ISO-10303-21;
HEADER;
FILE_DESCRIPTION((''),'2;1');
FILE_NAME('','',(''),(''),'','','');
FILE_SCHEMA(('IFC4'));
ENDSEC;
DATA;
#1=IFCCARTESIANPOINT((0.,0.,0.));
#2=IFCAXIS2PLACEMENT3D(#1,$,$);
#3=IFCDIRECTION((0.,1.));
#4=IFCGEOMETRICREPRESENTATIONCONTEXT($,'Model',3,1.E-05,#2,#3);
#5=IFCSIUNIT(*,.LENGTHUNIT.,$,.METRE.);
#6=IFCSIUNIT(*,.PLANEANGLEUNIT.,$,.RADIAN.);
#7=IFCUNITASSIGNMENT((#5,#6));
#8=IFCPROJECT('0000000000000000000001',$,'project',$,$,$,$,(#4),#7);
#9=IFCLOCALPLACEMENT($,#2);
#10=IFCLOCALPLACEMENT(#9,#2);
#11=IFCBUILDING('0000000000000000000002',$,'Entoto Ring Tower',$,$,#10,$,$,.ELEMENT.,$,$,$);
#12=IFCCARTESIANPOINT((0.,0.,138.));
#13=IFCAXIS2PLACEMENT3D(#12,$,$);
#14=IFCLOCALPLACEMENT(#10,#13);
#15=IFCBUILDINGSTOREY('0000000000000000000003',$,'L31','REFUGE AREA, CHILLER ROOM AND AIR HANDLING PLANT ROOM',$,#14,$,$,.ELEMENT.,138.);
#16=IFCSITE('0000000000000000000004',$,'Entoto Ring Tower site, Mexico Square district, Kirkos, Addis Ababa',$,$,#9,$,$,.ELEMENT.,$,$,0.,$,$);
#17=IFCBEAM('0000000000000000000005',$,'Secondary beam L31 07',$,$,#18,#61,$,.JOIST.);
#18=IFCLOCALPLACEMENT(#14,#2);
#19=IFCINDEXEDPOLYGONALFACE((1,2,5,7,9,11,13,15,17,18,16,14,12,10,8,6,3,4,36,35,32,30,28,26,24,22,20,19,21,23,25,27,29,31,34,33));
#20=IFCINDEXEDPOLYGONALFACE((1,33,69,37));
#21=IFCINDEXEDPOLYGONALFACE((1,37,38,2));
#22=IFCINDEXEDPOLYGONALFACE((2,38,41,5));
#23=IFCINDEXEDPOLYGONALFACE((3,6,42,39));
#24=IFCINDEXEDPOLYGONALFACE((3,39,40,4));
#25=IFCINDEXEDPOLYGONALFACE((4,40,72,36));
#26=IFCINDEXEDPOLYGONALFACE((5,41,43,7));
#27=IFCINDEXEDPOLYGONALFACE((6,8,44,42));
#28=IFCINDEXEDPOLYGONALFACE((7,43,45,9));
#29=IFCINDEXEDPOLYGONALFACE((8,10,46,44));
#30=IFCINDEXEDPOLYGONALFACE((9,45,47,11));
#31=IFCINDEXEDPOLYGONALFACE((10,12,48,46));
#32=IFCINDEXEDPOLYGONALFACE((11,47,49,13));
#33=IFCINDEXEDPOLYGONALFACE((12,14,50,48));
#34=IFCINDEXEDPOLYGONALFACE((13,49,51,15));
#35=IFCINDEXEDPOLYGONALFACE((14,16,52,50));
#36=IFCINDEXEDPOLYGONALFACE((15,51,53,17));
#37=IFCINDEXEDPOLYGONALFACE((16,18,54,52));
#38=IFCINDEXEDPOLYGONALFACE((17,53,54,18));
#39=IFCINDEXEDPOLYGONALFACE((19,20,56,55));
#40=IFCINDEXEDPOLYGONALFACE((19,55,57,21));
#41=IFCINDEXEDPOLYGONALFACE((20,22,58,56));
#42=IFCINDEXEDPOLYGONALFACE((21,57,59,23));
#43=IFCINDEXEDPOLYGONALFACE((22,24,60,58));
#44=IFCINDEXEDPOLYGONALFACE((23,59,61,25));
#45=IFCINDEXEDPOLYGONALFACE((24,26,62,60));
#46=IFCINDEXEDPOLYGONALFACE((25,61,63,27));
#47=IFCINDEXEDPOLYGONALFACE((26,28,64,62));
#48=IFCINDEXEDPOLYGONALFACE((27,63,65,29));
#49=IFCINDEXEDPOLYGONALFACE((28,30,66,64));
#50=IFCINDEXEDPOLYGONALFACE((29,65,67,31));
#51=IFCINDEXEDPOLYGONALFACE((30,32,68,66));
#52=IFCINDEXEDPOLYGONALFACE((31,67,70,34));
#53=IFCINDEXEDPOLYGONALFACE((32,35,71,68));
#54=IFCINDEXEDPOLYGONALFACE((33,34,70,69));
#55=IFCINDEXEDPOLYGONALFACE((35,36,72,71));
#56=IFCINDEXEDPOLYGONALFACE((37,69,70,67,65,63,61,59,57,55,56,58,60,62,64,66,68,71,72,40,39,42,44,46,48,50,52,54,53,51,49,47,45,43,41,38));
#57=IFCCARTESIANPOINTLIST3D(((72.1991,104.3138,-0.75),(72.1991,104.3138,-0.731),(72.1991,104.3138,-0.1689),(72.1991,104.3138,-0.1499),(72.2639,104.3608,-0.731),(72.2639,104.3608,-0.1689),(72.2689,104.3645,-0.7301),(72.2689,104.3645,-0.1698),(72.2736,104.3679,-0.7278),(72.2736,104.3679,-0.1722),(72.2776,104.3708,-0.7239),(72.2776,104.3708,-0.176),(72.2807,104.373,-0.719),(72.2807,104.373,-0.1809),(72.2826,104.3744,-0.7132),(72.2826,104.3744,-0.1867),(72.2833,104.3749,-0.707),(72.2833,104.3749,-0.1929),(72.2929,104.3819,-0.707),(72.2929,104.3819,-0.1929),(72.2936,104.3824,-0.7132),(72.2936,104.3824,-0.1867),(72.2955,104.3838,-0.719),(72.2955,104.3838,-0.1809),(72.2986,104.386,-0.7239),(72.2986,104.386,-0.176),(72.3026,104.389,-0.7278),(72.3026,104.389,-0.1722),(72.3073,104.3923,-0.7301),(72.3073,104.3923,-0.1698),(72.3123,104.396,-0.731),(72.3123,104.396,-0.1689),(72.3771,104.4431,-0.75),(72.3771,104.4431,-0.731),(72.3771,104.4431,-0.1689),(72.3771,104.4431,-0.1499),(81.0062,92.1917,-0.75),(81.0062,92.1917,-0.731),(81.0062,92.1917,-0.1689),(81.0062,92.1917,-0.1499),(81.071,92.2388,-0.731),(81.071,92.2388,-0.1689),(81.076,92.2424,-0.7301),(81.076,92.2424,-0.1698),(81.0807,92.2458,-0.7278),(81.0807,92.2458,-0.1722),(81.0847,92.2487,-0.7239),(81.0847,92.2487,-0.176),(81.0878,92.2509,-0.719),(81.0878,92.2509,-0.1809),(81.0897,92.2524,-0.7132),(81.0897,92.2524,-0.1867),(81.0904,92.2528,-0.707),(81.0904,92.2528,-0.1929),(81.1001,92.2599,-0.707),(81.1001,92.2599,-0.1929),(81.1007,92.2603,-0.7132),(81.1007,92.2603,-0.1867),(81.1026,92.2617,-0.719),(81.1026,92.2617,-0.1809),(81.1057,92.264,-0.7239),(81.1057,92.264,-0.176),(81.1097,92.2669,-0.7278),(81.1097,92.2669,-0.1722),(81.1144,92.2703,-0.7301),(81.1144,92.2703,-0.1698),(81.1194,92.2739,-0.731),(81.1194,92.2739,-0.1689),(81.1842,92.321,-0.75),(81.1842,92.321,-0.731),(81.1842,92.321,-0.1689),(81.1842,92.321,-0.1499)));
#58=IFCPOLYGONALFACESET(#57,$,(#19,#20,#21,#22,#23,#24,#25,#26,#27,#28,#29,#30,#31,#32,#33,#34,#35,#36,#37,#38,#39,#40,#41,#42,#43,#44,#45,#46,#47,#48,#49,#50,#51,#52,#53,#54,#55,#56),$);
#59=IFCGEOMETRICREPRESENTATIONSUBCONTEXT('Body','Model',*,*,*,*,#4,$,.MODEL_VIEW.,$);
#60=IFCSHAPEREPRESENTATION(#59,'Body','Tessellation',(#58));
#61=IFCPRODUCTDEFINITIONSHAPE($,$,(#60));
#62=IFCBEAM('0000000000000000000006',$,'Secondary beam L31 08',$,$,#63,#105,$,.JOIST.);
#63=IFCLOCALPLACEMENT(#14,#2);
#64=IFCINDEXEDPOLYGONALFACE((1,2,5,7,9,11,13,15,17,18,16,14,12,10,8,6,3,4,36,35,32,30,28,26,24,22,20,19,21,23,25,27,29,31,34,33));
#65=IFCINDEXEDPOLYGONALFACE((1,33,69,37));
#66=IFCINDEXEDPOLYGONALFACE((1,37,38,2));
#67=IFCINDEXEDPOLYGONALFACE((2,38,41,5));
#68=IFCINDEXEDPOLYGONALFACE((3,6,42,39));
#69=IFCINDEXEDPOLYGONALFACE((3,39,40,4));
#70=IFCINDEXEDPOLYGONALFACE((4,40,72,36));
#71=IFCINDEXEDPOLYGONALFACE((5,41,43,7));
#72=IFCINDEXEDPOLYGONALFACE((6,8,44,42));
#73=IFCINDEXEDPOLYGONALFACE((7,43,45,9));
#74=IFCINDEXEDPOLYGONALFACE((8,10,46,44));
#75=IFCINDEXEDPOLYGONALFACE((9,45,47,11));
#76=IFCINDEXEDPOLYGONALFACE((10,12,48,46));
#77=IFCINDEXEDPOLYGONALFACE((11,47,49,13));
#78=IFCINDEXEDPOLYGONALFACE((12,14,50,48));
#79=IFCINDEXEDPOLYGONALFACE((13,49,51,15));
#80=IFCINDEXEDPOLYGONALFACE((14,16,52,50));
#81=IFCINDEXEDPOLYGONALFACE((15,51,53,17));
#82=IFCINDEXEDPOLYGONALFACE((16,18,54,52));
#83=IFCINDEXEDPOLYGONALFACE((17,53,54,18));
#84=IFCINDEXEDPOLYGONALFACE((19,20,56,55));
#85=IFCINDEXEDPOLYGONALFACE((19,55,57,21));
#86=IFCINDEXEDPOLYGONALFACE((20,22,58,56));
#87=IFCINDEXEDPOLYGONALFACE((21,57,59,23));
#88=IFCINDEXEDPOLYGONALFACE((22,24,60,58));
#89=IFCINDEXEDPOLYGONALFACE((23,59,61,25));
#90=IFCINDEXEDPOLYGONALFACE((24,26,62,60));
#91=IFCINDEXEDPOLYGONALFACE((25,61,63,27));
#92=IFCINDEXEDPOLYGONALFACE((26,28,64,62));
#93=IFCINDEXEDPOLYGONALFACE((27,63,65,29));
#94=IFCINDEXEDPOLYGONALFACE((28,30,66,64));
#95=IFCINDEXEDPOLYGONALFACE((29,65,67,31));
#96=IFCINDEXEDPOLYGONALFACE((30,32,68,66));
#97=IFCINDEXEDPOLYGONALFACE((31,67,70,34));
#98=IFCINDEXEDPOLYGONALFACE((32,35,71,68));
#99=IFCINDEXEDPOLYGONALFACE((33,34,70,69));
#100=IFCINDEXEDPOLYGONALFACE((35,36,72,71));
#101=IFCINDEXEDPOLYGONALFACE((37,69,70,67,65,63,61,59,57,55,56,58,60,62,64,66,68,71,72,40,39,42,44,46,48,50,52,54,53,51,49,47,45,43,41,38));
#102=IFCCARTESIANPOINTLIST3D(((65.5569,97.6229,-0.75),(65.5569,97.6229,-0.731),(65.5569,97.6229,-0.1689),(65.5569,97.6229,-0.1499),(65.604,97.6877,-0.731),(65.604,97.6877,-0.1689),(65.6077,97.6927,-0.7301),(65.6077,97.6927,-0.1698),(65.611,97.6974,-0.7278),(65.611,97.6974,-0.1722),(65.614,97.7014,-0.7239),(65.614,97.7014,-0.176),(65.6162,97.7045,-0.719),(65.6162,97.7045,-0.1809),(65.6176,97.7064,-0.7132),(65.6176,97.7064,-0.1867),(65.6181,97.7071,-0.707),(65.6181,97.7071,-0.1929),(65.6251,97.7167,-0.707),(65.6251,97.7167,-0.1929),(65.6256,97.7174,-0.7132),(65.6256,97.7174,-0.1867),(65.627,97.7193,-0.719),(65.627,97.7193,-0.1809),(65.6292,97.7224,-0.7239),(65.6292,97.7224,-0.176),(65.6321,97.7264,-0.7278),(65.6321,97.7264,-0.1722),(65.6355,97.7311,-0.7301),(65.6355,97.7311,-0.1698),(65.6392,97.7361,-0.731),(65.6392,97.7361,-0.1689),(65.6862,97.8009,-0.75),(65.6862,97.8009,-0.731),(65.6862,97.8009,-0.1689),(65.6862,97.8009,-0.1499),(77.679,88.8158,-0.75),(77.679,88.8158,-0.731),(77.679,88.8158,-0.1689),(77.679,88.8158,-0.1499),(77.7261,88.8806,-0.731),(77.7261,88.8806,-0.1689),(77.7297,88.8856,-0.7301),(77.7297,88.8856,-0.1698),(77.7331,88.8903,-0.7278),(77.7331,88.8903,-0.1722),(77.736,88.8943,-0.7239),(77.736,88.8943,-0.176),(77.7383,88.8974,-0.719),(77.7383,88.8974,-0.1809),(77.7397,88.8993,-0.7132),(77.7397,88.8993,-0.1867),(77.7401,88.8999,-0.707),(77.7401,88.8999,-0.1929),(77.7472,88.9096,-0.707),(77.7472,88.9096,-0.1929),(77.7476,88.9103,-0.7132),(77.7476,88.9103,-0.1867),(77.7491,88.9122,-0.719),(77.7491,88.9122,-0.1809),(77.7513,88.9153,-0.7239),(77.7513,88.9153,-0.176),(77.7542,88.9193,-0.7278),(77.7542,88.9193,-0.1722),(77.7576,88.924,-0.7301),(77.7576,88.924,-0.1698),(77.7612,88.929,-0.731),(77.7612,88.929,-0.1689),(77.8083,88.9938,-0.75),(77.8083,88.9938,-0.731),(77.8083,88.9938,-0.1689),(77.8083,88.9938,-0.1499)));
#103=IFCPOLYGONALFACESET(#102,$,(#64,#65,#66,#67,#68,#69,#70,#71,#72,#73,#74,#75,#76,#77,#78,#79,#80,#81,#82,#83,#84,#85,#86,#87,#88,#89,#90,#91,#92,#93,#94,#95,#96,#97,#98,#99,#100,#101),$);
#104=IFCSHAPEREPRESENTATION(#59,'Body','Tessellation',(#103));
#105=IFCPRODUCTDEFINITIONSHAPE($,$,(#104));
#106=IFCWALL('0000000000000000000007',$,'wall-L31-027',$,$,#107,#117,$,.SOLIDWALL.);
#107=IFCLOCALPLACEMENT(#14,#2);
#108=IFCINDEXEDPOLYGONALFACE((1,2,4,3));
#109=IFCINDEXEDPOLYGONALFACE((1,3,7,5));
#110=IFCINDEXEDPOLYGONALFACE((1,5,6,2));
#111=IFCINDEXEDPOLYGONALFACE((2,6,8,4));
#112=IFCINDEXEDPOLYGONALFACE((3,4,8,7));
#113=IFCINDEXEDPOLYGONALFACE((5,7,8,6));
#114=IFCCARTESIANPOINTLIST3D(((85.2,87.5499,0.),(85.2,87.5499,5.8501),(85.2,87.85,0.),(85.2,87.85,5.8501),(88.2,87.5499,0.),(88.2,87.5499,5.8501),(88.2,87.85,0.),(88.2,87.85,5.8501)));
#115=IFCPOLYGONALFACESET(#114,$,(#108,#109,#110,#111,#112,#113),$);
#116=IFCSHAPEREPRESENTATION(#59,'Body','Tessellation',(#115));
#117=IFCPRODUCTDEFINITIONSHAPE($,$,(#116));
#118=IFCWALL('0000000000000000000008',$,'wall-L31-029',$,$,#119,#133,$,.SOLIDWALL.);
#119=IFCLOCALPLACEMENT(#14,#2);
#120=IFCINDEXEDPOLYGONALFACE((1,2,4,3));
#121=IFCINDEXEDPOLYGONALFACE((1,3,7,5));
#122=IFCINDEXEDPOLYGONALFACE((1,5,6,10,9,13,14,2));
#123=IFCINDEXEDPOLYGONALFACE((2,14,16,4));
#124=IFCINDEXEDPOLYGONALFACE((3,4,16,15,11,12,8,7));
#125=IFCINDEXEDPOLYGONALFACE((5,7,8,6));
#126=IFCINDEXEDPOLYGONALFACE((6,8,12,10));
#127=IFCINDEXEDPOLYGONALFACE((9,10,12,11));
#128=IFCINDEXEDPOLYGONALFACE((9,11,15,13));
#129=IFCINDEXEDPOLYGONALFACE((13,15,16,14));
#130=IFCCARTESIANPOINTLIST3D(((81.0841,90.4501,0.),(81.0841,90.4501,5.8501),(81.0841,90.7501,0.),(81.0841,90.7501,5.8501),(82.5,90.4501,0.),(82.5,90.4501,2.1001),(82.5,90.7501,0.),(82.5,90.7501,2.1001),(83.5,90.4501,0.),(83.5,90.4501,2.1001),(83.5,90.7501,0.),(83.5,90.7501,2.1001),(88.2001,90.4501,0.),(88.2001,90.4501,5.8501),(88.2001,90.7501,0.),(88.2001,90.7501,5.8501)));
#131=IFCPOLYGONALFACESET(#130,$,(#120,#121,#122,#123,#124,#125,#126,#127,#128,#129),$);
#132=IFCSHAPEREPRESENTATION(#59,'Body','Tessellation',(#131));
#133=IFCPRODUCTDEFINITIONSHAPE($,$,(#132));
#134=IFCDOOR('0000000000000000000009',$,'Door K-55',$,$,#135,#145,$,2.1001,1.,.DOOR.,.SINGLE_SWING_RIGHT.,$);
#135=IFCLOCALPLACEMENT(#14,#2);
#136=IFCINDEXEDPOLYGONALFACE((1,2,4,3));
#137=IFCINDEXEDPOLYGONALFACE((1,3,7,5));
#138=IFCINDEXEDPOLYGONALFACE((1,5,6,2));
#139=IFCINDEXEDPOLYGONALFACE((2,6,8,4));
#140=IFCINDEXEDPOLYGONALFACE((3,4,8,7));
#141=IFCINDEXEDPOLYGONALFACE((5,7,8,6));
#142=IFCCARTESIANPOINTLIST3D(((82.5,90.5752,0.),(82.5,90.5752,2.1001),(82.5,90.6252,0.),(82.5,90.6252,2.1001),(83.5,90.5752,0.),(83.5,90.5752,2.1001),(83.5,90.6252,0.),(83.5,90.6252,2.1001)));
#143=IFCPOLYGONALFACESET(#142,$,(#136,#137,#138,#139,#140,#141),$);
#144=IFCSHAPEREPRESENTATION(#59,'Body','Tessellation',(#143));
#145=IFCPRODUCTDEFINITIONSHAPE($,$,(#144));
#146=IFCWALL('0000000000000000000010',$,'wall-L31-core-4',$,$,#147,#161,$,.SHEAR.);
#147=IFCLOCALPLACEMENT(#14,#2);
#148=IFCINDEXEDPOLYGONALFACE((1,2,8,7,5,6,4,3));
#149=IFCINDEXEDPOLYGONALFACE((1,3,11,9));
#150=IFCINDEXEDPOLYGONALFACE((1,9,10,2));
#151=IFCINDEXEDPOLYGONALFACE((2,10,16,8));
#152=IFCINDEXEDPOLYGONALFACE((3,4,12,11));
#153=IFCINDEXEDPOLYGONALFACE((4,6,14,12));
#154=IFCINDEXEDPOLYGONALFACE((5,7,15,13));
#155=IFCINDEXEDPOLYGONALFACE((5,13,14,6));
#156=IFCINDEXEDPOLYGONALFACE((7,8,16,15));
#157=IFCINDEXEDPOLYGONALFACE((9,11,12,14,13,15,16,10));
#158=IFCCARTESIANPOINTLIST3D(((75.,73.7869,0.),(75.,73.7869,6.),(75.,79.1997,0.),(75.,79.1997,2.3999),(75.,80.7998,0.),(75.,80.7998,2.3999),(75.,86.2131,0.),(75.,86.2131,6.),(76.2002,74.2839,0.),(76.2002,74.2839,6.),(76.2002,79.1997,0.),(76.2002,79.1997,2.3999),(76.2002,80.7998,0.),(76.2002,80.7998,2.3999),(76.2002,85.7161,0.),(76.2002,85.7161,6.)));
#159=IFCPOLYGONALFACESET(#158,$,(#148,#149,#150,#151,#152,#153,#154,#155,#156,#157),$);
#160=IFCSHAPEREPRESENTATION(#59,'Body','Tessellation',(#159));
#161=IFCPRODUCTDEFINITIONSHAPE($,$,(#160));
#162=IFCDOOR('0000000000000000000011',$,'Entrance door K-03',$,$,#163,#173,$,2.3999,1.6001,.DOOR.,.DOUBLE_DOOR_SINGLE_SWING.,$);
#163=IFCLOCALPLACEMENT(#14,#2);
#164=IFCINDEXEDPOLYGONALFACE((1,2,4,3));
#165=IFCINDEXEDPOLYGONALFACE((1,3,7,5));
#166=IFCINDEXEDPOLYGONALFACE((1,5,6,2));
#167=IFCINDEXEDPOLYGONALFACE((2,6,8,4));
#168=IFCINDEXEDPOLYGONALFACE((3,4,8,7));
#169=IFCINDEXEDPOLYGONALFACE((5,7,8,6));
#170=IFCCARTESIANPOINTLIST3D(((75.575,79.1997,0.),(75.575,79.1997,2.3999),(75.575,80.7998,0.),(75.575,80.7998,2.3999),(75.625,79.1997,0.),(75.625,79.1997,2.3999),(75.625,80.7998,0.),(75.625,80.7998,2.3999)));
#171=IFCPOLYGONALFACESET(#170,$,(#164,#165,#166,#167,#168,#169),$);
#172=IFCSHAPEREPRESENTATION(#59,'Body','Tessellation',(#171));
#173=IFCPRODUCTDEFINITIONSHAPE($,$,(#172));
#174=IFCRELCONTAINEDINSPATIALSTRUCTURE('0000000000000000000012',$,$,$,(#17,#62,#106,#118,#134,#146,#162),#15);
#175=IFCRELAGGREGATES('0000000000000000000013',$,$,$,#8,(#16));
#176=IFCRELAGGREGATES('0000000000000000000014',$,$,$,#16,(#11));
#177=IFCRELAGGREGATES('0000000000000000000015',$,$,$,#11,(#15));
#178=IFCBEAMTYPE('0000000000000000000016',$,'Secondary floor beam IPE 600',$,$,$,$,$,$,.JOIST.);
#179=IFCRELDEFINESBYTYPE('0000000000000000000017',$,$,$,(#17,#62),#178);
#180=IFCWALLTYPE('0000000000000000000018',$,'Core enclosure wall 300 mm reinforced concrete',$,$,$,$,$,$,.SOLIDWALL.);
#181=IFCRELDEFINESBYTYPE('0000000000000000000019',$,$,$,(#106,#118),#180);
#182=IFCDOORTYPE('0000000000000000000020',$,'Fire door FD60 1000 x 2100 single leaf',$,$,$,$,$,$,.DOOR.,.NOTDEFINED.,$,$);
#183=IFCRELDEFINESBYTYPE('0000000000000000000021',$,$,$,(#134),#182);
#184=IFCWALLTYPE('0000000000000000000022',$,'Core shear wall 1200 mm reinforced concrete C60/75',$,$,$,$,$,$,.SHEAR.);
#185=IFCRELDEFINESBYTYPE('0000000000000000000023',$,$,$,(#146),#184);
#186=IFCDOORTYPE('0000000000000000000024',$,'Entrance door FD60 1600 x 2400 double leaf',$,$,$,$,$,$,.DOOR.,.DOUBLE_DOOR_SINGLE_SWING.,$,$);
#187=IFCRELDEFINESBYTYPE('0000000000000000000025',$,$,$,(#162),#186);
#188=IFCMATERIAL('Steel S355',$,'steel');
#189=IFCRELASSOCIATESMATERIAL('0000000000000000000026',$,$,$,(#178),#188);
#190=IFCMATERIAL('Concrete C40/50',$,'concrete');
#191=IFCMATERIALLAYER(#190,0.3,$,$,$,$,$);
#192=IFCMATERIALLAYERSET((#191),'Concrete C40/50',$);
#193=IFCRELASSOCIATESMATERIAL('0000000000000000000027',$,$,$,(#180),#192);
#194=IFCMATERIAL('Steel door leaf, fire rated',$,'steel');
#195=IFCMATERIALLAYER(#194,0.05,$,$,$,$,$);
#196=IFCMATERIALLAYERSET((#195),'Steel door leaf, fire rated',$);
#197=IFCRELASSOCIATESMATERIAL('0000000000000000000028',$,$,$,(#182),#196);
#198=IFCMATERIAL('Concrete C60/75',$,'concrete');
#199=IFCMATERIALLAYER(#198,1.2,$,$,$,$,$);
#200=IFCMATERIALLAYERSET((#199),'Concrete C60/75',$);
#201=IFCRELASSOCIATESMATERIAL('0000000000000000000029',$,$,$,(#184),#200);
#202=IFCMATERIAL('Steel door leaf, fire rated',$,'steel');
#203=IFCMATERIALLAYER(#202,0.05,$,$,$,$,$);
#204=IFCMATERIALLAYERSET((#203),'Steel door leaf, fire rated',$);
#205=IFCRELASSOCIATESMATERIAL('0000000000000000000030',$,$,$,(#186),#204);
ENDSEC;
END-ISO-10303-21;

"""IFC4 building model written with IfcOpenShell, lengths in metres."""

from ifc_helpers import new_model, si_unit, direction, frame, frame_2d, origin, origin_2d, place, context, subcontext, project, spatial, polyline, rectangle, i_section, outline, extrude, material, layer, layer_set, material_profile, profile_set, type_object, element, fill, save


model = new_model("IFC4")

# Units and contexts
model_context = context("Model", 3, precision=1e-05, world=origin(), true_north=direction((0.0, 1.0)))
body_context = subcontext(model_context, "Body", "Model", "MODEL_VIEW")
ifc_project = project(units=[si_unit("LENGTHUNIT", "METRE"), si_unit("PLANEANGLEUNIT", "RADIAN")], contexts=[model_context])

# Site, building, storey
site_placement = place(None, origin())
site = spatial("IfcSite", under=ifc_project, at=site_placement, Name="Entoto Ring Tower site, Mexico Square district, Kirkos, Addis Ababa", CompositionType="ELEMENT", RefElevation=0.0)
building_placement = place(site_placement, origin())
building = spatial("IfcBuilding", under=site, at=building_placement, Name="Entoto Ring Tower", CompositionType="ELEMENT")
storey_placement = place(building_placement, frame((0.0, 0.0, 138.0)))
storey = spatial("IfcBuildingStorey", under=building, at=storey_placement, Name="L31", Description="REFUGE AREA, CHILLER ROOM AND AIR HANDLING PLANT ROOM", CompositionType="ELEMENT", Elevation=138.0)

# Beams
ifc_material_1 = material(Name="Steel S355", Category="steel")
ifc_material_profile_1 = material_profile(ifc_material_1, i_section(OverallWidth=0.22, OverallDepth=0.6001, WebThickness=0.012, FlangeThickness=0.019, FilletRadius=0.0239, at=origin_2d()), Name="IPE 600")
ifc_profile_set_1 = profile_set([ifc_material_profile_1], Name="Steel S355")
beam_type_1 = type_object("IfcBeamType", Name="Secondary floor beam IPE 600", PredefinedType="JOIST", material=ifc_profile_set_1)
for number, where, z_axis, x_axis, name in (
    (1, (81.0952, 92.2563, -0.45), (-0.587782, 0.809019, 0.0), (-0.809019, -0.587782, 0.0), "Secondary beam L31 07"),
    (2, (77.7437, 88.9048, -0.45), (-0.809019, 0.587782, 0.0), (-0.587782, -0.809019, 0.0), "Secondary beam L31 08"),
):
    element("IfcBeam", number, at=place(storey_placement, frame(where, z_axis=z_axis, x_axis=x_axis)), inside=storey, type_object=beam_type_1, Name=name, PredefinedType="JOIST", context=body_context, shape_type="SweptSolid", body=[
        extrude(i_section(OverallWidth=0.22, OverallDepth=0.6001, WebThickness=0.012, FlangeThickness=0.019, FilletRadius=0.0239, at=origin_2d()), origin(), (0.0, 0.0, 1.0), 14.9836),
    ])

# Wall
ifc_material_2 = material(Name="Concrete C40/50", Category="concrete")
ifc_layer_1 = layer(ifc_material_2, 0.3)
ifc_layer_set_1 = layer_set([ifc_layer_1], Name="Concrete C40/50")
wall_type_1 = type_object("IfcWallType", Name="Core enclosure wall 300 mm reinforced concrete", PredefinedType="SOLIDWALL", material=ifc_layer_set_1)
wall_1_placement = place(storey_placement, frame((85.2, 87.7, 0.0), z_axis=(0.0, 0.0, 1.0), x_axis=(1.0, 0.0, 0.0)))
element("IfcWall", 3, at=wall_1_placement, inside=storey, type_object=wall_type_1, Name="wall-L31-027", PredefinedType="SOLIDWALL", context=body_context, shape_type="SweptSolid", body=[
    extrude(rectangle(XDim=3.0, YDim=0.3, at=frame_2d((1.5, 0.0))), origin(), (0.0, 0.0, 1.0), 5.8501),
])

# Walls, openings, doors
wall_2_placement = place(storey_placement, frame((81.084, 90.6001, 0.0), z_axis=(0.0, 0.0, 1.0), x_axis=(1.0, 0.0, 0.0)))
wall_2 = element("IfcWall", 4, at=wall_2_placement, inside=storey, type_object=wall_type_1, Name="wall-L31-029", PredefinedType="SOLIDWALL", context=body_context, shape_type="SweptSolid", body=[
    extrude(rectangle(XDim=7.116, YDim=0.3, at=frame_2d((3.5581, 0.0))), origin(), (0.0, 0.0, 1.0), 5.8501),
])
opening_1_placement = place(wall_2_placement, frame((1.416, 0.0, 0.0)))
opening_1 = element("IfcOpeningElement", 5, at=opening_1_placement, cuts=wall_2, PredefinedType="OPENING", context=body_context, shape_type="SweptSolid", body=[
    extrude(rectangle(XDim=1.0, YDim=2.1001, at=frame_2d((0.5, 1.05))), frame((0.0, 0.1602, 0.0), z_axis=(0.0, -1.0, 0.0), x_axis=(1.0, 0.0, 0.0)), (0.0, 0.0, 1.0), 0.3201),
])
ifc_material_3 = material(Name="Steel door leaf, fire rated", Category="steel")
ifc_layer_2 = layer(ifc_material_3, 0.05)
ifc_layer_set_2 = layer_set([ifc_layer_2], Name="Steel door leaf, fire rated")
door_type_1 = type_object("IfcDoorType", Name="Fire door FD60 1000 x 2100 single leaf", OperationType="NOTDEFINED", PredefinedType="DOOR", material=ifc_layer_set_2)
door_1_placement = place(opening_1_placement, frame((1.0, 0.0, 0.0), z_axis=(0.0, 0.0, 1.0), x_axis=(-1.0, 0.0, 0.0)))
door_1 = element("IfcDoor", 6, at=door_1_placement, inside=storey, type_object=door_type_1, Name="Door K-55", OperationType="SINGLE_SWING_RIGHT", OverallHeight=2.1001, OverallWidth=1.0, PredefinedType="DOOR", context=body_context, shape_type="SweptSolid", body=[
    extrude(rectangle(XDim=1.0, YDim=2.1001, at=frame_2d((0.5, 1.05))), frame((0.0, 0.0249, 0.0), z_axis=(0.0, -1.0, 0.0), x_axis=(1.0, 0.0, 0.0)), (0.0, 0.0, 1.0), 0.05),
])
fill(opening_1, door_1)
ifc_material_4 = material(Name="Concrete C60/75", Category="concrete")
ifc_layer_3 = layer(ifc_material_4, 1.2)
ifc_layer_set_3 = layer_set([ifc_layer_3], Name="Concrete C60/75")
wall_type_2 = type_object("IfcWallType", Name="Core shear wall 1200 mm reinforced concrete C60/75", PredefinedType="SHEAR", material=ifc_layer_set_3)
wall_3_placement = place(storey_placement, frame((75.6001, 85.9646, 0.0), z_axis=(0.0, 0.0, 1.0), x_axis=(0.0, -1.0, 0.0)))
wall_3 = element("IfcWall", 7, at=wall_3_placement, inside=storey, type_object=wall_type_2, Name="wall-L31-core-4", PredefinedType="SHEAR", context=body_context, shape_type="SweptSolid", body=[
    extrude(outline(polyline([(-0.2485, -0.6001), (12.1777, -0.6001), (11.6807, 0.6001), (0.2485, 0.6001), (-0.2485, -0.6001)])), origin(), (0.0, 0.0, 1.0), 6.0),
])
opening_2_placement = place(wall_3_placement, frame((5.1648, 0.0, 0.0)))
opening_2 = element("IfcOpeningElement", 8, at=opening_2_placement, cuts=wall_3, PredefinedType="OPENING", context=body_context, shape_type="SweptSolid", body=[
    extrude(rectangle(XDim=1.6001, YDim=2.3999, at=frame_2d((0.8, 1.2))), frame((0.0, 0.6099, 0.0), z_axis=(0.0, -1.0, 0.0), x_axis=(1.0, 0.0, 0.0)), (0.0, 0.0, 1.0), 1.22),
])
ifc_material_5 = material(Name="Steel door leaf, fire rated", Category="steel")
ifc_layer_4 = layer(ifc_material_5, 0.05)
ifc_layer_set_4 = layer_set([ifc_layer_4], Name="Steel door leaf, fire rated")
door_type_2 = type_object("IfcDoorType", Name="Entrance door FD60 1600 x 2400 double leaf", OperationType="DOUBLE_DOOR_SINGLE_SWING", PredefinedType="DOOR", material=ifc_layer_set_4)
door_2_placement = place(opening_2_placement, origin())
door_2 = element("IfcDoor", 9, at=door_2_placement, inside=storey, type_object=door_type_2, Name="Entrance door K-03", OperationType="DOUBLE_DOOR_SINGLE_SWING", OverallHeight=2.3999, OverallWidth=1.6001, PredefinedType="DOOR", context=body_context, shape_type="SweptSolid", body=[
    extrude(rectangle(XDim=1.6001, YDim=2.3999, at=frame_2d((0.8, 1.2))), frame((0.0, 0.0249, 0.0), z_axis=(0.0, -1.0, 0.0), x_axis=(1.0, 0.0, 0.0)), (0.0, 0.0, 1.0), 0.05),
])
fill(opening_2, door_2)

save(model, "model.ifc")
